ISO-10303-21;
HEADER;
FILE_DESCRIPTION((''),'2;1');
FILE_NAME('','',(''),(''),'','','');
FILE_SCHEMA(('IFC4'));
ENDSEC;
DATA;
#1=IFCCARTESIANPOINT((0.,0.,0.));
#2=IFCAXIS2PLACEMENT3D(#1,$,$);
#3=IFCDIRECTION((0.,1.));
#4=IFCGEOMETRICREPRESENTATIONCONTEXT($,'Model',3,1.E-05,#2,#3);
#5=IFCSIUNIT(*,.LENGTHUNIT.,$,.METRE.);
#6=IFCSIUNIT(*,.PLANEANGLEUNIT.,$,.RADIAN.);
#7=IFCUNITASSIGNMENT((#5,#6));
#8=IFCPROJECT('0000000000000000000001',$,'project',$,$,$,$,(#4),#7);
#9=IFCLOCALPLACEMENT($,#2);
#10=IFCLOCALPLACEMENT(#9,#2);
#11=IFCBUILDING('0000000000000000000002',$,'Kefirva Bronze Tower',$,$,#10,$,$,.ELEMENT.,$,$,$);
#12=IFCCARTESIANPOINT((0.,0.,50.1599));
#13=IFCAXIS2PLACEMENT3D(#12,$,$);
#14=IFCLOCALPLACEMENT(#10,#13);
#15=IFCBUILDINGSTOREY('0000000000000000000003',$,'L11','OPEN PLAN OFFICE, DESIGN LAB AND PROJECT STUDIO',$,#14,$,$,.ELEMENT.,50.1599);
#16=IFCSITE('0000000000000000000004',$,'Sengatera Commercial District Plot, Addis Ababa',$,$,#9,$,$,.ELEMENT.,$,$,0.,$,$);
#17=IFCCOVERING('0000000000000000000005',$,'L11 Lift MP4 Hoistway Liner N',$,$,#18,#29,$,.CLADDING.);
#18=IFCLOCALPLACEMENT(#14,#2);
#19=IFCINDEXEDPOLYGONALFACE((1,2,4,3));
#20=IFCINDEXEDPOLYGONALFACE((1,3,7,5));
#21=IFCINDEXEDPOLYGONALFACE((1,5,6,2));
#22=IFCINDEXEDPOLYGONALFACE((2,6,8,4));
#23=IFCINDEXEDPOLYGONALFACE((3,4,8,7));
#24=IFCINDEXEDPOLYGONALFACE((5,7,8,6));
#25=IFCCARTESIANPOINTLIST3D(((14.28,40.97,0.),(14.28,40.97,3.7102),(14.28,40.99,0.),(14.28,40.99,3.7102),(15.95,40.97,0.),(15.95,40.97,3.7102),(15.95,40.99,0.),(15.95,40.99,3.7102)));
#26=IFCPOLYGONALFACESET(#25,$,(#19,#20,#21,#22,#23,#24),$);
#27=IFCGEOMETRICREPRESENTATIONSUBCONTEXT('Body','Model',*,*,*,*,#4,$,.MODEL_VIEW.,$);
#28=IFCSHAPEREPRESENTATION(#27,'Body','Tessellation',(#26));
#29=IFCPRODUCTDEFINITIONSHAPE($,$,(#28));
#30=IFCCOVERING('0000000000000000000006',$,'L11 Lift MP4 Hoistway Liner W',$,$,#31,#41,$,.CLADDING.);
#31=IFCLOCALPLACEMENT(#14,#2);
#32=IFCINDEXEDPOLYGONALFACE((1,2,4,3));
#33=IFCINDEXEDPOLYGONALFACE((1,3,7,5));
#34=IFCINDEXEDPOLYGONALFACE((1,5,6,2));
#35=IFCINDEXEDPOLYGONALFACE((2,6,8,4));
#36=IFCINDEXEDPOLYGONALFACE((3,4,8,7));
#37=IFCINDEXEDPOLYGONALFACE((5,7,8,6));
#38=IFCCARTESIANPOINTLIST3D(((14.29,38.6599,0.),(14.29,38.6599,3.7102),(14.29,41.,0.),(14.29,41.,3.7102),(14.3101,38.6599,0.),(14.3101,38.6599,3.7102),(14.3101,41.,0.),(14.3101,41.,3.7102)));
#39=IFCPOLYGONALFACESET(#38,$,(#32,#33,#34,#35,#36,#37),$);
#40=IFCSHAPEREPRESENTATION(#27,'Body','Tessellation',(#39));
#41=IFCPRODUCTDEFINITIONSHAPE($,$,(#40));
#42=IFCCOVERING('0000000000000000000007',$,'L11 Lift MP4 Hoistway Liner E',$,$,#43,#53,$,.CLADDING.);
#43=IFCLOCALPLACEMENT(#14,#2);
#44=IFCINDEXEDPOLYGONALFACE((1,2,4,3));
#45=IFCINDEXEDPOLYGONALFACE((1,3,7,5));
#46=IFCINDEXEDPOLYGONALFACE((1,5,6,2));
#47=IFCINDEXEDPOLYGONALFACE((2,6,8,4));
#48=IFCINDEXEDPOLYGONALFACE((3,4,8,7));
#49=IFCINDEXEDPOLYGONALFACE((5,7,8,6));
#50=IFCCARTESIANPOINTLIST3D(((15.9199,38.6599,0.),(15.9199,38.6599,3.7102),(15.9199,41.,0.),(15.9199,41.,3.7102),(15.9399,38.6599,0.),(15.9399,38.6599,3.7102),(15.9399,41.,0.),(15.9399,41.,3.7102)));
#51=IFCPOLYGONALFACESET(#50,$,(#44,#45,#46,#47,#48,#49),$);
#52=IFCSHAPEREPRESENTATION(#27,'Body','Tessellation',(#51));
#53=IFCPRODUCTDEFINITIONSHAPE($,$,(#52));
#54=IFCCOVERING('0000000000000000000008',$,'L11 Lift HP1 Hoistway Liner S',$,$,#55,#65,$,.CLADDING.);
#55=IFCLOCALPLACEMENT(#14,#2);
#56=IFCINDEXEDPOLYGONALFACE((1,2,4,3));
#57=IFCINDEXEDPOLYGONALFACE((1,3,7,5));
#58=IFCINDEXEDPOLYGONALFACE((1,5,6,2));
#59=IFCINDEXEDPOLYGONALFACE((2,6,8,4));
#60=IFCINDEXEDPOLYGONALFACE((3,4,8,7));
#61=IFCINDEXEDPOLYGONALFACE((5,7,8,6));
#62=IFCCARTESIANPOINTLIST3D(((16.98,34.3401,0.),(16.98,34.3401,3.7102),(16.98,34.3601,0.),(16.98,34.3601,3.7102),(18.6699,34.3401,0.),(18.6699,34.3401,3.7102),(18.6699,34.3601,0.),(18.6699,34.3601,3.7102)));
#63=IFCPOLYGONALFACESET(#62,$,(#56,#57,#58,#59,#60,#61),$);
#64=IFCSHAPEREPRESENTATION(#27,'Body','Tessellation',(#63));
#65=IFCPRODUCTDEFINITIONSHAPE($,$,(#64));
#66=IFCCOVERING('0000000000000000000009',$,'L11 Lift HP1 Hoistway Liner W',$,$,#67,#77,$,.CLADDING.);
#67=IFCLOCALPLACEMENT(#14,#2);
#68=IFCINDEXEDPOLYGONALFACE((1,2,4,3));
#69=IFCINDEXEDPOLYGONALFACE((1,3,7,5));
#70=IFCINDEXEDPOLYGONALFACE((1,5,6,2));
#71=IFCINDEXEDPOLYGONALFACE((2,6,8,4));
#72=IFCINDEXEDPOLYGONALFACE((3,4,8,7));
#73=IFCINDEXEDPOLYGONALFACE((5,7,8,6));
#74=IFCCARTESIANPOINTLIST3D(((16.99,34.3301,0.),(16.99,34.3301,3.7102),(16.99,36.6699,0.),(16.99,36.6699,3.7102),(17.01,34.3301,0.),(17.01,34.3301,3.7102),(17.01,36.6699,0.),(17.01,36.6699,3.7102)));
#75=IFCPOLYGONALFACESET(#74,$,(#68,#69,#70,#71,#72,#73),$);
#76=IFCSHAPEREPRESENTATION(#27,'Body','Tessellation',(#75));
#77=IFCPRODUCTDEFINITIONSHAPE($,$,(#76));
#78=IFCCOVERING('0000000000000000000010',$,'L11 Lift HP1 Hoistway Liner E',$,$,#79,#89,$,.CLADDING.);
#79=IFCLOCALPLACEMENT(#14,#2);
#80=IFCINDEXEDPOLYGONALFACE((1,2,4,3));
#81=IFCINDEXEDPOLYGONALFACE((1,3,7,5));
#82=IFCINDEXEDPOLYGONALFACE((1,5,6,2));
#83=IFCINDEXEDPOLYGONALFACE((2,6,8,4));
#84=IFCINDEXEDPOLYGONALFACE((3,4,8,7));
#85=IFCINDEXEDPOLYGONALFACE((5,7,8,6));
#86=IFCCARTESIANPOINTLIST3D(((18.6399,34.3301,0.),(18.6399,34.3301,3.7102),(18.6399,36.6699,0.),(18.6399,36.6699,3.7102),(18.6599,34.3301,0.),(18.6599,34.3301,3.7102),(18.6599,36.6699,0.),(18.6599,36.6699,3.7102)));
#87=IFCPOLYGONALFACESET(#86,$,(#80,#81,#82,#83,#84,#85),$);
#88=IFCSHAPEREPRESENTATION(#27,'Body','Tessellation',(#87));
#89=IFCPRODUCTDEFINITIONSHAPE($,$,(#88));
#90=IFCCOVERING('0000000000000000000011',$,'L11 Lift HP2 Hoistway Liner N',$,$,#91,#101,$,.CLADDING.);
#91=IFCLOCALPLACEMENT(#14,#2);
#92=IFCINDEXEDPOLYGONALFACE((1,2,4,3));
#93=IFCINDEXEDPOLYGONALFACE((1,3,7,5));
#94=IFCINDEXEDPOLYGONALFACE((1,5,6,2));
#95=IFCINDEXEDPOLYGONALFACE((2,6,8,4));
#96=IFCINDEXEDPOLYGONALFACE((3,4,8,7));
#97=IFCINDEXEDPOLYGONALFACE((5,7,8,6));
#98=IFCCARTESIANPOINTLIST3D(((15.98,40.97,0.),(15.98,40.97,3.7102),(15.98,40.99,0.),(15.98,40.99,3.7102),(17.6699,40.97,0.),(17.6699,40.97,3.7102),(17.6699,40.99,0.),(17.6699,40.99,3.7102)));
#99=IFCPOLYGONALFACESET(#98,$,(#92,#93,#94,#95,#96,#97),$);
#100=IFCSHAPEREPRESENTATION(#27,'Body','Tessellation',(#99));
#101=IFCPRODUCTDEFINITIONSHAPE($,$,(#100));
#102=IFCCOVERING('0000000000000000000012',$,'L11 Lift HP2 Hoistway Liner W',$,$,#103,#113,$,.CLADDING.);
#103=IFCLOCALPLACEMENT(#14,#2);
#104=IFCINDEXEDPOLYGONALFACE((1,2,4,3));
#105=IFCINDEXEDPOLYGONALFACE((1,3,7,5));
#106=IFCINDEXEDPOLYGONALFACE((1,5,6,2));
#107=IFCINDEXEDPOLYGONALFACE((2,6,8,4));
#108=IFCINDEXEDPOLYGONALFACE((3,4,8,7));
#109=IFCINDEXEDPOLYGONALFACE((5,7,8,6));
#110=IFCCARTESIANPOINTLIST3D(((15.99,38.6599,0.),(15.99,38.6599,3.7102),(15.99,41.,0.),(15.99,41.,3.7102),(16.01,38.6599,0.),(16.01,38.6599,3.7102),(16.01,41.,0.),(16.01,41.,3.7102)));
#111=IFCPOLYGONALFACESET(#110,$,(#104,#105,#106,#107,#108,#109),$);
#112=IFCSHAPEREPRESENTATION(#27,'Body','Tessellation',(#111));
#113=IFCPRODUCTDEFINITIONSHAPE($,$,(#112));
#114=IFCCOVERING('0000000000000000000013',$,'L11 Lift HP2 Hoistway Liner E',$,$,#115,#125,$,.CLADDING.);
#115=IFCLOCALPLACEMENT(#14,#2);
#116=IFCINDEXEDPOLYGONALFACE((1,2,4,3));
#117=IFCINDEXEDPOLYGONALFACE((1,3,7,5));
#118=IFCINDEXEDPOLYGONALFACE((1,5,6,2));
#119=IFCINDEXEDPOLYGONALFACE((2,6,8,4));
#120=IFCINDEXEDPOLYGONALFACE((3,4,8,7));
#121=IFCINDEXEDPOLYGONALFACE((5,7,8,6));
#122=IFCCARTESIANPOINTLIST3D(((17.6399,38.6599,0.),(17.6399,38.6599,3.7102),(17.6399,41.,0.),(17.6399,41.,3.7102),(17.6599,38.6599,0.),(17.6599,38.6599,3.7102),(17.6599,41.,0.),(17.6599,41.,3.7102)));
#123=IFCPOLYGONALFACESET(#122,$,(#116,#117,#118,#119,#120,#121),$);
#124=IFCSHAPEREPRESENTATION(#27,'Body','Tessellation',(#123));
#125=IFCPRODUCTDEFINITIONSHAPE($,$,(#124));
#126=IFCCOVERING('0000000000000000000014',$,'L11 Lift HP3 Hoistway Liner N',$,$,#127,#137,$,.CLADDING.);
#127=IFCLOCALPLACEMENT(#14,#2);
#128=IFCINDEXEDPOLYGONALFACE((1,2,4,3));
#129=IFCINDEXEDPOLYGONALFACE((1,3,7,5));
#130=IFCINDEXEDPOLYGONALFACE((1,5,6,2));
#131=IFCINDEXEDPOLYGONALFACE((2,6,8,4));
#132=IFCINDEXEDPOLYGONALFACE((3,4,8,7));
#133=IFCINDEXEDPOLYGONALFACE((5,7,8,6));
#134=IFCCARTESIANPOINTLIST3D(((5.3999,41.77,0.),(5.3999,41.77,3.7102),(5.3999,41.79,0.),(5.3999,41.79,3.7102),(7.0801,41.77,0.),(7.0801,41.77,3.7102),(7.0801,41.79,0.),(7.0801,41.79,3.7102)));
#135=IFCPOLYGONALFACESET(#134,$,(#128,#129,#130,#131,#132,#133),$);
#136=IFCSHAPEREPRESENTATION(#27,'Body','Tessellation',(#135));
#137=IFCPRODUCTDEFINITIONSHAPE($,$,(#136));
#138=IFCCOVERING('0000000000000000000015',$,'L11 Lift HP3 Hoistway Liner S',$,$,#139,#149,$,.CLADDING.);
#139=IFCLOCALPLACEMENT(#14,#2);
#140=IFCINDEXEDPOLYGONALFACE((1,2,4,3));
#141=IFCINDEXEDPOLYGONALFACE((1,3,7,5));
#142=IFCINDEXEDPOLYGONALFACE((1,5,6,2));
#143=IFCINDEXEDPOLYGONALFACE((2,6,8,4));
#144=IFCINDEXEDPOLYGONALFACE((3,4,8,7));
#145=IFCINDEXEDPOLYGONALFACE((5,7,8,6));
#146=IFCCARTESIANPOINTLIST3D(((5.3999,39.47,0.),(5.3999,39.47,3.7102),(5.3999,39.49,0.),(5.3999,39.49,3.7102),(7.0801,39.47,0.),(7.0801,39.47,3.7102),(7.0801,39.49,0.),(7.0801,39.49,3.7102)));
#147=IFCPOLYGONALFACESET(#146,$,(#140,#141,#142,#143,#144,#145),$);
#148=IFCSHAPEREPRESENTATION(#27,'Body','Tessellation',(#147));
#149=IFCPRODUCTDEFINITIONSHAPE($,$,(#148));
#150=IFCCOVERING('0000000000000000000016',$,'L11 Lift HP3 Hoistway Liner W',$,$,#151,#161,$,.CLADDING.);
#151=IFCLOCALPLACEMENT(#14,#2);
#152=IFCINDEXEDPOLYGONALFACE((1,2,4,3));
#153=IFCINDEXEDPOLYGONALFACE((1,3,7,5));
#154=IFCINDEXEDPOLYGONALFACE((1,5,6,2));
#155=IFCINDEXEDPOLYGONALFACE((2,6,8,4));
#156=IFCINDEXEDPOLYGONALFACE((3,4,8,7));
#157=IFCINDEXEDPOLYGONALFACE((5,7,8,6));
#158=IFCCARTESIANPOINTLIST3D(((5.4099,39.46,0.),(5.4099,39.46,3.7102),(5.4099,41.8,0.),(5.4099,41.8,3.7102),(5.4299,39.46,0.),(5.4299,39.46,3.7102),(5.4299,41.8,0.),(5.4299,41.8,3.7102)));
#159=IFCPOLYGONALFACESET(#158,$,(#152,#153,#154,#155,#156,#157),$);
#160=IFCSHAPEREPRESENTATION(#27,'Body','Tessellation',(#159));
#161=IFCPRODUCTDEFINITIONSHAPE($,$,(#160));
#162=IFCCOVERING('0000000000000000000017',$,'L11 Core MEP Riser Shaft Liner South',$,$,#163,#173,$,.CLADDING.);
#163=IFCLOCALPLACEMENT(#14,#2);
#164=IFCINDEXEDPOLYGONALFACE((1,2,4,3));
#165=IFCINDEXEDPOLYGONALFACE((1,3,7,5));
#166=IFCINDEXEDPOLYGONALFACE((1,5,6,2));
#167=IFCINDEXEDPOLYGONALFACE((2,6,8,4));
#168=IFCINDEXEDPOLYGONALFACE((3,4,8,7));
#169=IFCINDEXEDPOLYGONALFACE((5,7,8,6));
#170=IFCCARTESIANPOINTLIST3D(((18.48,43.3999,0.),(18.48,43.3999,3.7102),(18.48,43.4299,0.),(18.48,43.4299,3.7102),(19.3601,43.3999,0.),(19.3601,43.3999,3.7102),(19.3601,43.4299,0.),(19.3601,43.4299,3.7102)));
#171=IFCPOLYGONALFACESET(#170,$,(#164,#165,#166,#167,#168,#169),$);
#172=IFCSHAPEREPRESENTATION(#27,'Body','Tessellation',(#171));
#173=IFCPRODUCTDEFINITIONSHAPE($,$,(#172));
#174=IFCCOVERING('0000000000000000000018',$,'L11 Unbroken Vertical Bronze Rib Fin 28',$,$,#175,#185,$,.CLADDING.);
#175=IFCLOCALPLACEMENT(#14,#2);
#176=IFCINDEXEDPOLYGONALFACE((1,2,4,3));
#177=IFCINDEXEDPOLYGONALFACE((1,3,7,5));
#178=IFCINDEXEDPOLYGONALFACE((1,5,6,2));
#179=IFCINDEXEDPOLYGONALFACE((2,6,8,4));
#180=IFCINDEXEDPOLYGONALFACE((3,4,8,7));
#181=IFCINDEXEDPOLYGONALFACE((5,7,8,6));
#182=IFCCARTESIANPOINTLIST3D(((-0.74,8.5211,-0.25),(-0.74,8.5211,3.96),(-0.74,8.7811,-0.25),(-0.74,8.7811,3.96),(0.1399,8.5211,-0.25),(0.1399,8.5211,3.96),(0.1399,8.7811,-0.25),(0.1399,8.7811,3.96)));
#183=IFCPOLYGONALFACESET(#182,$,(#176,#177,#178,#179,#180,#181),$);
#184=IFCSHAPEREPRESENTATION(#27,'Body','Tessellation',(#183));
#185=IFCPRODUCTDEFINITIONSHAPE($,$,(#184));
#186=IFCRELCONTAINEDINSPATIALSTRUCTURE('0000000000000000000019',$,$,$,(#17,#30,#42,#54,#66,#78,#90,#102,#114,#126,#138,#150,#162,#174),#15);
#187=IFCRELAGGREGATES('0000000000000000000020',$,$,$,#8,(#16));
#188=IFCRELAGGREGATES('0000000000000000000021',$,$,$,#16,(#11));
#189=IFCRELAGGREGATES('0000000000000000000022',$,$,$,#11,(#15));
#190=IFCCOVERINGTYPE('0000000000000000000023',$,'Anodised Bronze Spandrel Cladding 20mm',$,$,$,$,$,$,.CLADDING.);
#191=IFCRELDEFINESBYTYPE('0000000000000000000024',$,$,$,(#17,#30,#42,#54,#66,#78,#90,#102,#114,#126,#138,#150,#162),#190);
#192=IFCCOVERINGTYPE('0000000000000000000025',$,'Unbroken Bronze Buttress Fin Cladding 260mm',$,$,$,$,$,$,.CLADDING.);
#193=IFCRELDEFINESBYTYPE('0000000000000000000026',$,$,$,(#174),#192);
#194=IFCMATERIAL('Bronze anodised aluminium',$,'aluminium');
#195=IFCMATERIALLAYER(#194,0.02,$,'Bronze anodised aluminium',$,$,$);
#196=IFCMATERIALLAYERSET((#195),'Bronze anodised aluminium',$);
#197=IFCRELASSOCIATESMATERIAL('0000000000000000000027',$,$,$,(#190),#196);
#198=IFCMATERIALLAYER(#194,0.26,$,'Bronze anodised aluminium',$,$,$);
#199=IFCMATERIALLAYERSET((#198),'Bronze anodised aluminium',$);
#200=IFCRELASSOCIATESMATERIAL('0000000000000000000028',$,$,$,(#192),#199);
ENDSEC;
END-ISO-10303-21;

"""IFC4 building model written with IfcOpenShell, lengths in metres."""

from ifc_helpers import new_model, si_unit, direction, frame, origin, origin_2d, place, context, subcontext, project, spatial, polyline, rectangle, outline, extrude, material, layer, layer_set, type_object, element, save


model = new_model("IFC4")

# Units and contexts
model_context = context("Model", 3, precision=1e-05, world=origin(), true_north=direction((0.0, 1.0)))
body_context = subcontext(model_context, "Body", "Model", "MODEL_VIEW")
ifc_project = project(units=[si_unit("LENGTHUNIT", "METRE"), si_unit("PLANEANGLEUNIT", "RADIAN")], contexts=[model_context])

# Site, building, storey
site_placement = place(None, origin())
site = spatial("IfcSite", under=ifc_project, at=site_placement, Name="Sengatera Commercial District Plot, Addis Ababa", CompositionType="ELEMENT", RefElevation=0.0)
building_placement = place(site_placement, origin())
building = spatial("IfcBuilding", under=site, at=building_placement, Name="Kefirva Bronze Tower", CompositionType="ELEMENT")
storey_placement = place(building_placement, frame((0.0, 0.0, 50.1599)))
storey = spatial("IfcBuildingStorey", under=building, at=storey_placement, Name="L11", Description="OPEN PLAN OFFICE, DESIGN LAB AND PROJECT STUDIO", CompositionType="ELEMENT", Elevation=50.1599)

# Coverings
ifc_material_1 = material(Name="Bronze anodised aluminium", Category="aluminium")
ifc_layer_1 = layer(ifc_material_1, 0.02, Name="Bronze anodised aluminium")
ifc_layer_set_1 = layer_set([ifc_layer_1], Name="Bronze anodised aluminium")
covering_type_1 = type_object("IfcCoveringType", Name="Anodised Bronze Spandrel Cladding 20mm", PredefinedType="CLADDING", material=ifc_layer_set_1)
covering_1_placement = place(storey_placement, origin())
element("IfcCovering", 1, at=covering_1_placement, inside=storey, type_object=covering_type_1, Name="L11 Lift MP4 Hoistway Liner N", PredefinedType="CLADDING", context=body_context, shape_type="SweptSolid", body=[
    extrude(outline(polyline([(14.28, 40.97), (15.95, 40.97), (15.95, 40.99), (14.28, 40.99), (14.28, 40.97)])), origin(), (0.0, 0.0, 1.0), 3.7102),
])
covering_2_placement = place(storey_placement, origin())
element("IfcCovering", 2, at=covering_2_placement, inside=storey, type_object=covering_type_1, Name="L11 Lift MP4 Hoistway Liner W", PredefinedType="CLADDING", context=body_context, shape_type="SweptSolid", body=[
    extrude(outline(polyline([(14.29, 38.6599), (14.3101, 38.6599), (14.3101, 41.0), (14.29, 41.0), (14.29, 38.6599)])), origin(), (0.0, 0.0, 1.0), 3.7102),
])
covering_3_placement = place(storey_placement, origin())
element("IfcCovering", 3, at=covering_3_placement, inside=storey, type_object=covering_type_1, Name="L11 Lift MP4 Hoistway Liner E", PredefinedType="CLADDING", context=body_context, shape_type="SweptSolid", body=[
    extrude(outline(polyline([(15.9199, 38.6599), (15.9399, 38.6599), (15.9399, 41.0), (15.9199, 41.0), (15.9199, 38.6599)])), origin(), (0.0, 0.0, 1.0), 3.7102),
])
covering_4_placement = place(storey_placement, origin())
element("IfcCovering", 4, at=covering_4_placement, inside=storey, type_object=covering_type_1, Name="L11 Lift HP1 Hoistway Liner S", PredefinedType="CLADDING", context=body_context, shape_type="SweptSolid", body=[
    extrude(outline(polyline([(16.98, 34.3401), (18.6699, 34.3401), (18.6699, 34.3601), (16.98, 34.3601), (16.98, 34.3401)])), origin(), (0.0, 0.0, 1.0), 3.7102),
])
covering_5_placement = place(storey_placement, origin())
element("IfcCovering", 5, at=covering_5_placement, inside=storey, type_object=covering_type_1, Name="L11 Lift HP1 Hoistway Liner W", PredefinedType="CLADDING", context=body_context, shape_type="SweptSolid", body=[
    extrude(outline(polyline([(16.99, 34.3301), (17.01, 34.3301), (17.01, 36.6699), (16.99, 36.6699), (16.99, 34.3301)])), origin(), (0.0, 0.0, 1.0), 3.7102),
])
covering_6_placement = place(storey_placement, origin())
element("IfcCovering", 6, at=covering_6_placement, inside=storey, type_object=covering_type_1, Name="L11 Lift HP1 Hoistway Liner E", PredefinedType="CLADDING", context=body_context, shape_type="SweptSolid", body=[
    extrude(outline(polyline([(18.6399, 34.3301), (18.6599, 34.3301), (18.6599, 36.6699), (18.6399, 36.6699), (18.6399, 34.3301)])), origin(), (0.0, 0.0, 1.0), 3.7102),
])
covering_7_placement = place(storey_placement, origin())
element("IfcCovering", 7, at=covering_7_placement, inside=storey, type_object=covering_type_1, Name="L11 Lift HP2 Hoistway Liner N", PredefinedType="CLADDING", context=body_context, shape_type="SweptSolid", body=[
    extrude(outline(polyline([(15.98, 40.97), (17.6699, 40.97), (17.6699, 40.99), (15.98, 40.99), (15.98, 40.97)])), origin(), (0.0, 0.0, 1.0), 3.7102),
])
covering_8_placement = place(storey_placement, origin())
element("IfcCovering", 8, at=covering_8_placement, inside=storey, type_object=covering_type_1, Name="L11 Lift HP2 Hoistway Liner W", PredefinedType="CLADDING", context=body_context, shape_type="SweptSolid", body=[
    extrude(outline(polyline([(15.99, 38.6599), (16.01, 38.6599), (16.01, 41.0), (15.99, 41.0), (15.99, 38.6599)])), origin(), (0.0, 0.0, 1.0), 3.7102),
])
covering_9_placement = place(storey_placement, origin())
element("IfcCovering", 9, at=covering_9_placement, inside=storey, type_object=covering_type_1, Name="L11 Lift HP2 Hoistway Liner E", PredefinedType="CLADDING", context=body_context, shape_type="SweptSolid", body=[
    extrude(outline(polyline([(17.6399, 38.6599), (17.6599, 38.6599), (17.6599, 41.0), (17.6399, 41.0), (17.6399, 38.6599)])), origin(), (0.0, 0.0, 1.0), 3.7102),
])
covering_10_placement = place(storey_placement, origin())
element("IfcCovering", 10, at=covering_10_placement, inside=storey, type_object=covering_type_1, Name="L11 Lift HP3 Hoistway Liner N", PredefinedType="CLADDING", context=body_context, shape_type="SweptSolid", body=[
    extrude(outline(polyline([(5.3999, 41.77), (7.0801, 41.77), (7.0801, 41.79), (5.3999, 41.79), (5.3999, 41.77)])), origin(), (0.0, 0.0, 1.0), 3.7102),
])
covering_11_placement = place(storey_placement, origin())
element("IfcCovering", 11, at=covering_11_placement, inside=storey, type_object=covering_type_1, Name="L11 Lift HP3 Hoistway Liner S", PredefinedType="CLADDING", context=body_context, shape_type="SweptSolid", body=[
    extrude(outline(polyline([(5.3999, 39.47), (7.0801, 39.47), (7.0801, 39.49), (5.3999, 39.49), (5.3999, 39.47)])), origin(), (0.0, 0.0, 1.0), 3.7102),
])
covering_12_placement = place(storey_placement, origin())
element("IfcCovering", 12, at=covering_12_placement, inside=storey, type_object=covering_type_1, Name="L11 Lift HP3 Hoistway Liner W", PredefinedType="CLADDING", context=body_context, shape_type="SweptSolid", body=[
    extrude(outline(polyline([(5.4099, 39.46), (5.4299, 39.46), (5.4299, 41.8), (5.4099, 41.8), (5.4099, 39.46)])), origin(), (0.0, 0.0, 1.0), 3.7102),
])
covering_13_placement = place(storey_placement, origin())
element("IfcCovering", 13, at=covering_13_placement, inside=storey, type_object=covering_type_1, Name="L11 Core MEP Riser Shaft Liner South", PredefinedType="CLADDING", context=body_context, shape_type="SweptSolid", body=[
    extrude(outline(polyline([(18.48, 43.3999), (19.3601, 43.3999), (19.3601, 43.4299), (18.48, 43.4299), (18.48, 43.3999)])), origin(), (0.0, 0.0, 1.0), 3.7102),
])
ifc_layer_2 = layer(ifc_material_1, 0.26, Name="Bronze anodised aluminium")
ifc_layer_set_2 = layer_set([ifc_layer_2], Name="Bronze anodised aluminium")
covering_type_2 = type_object("IfcCoveringType", Name="Unbroken Bronze Buttress Fin Cladding 260mm", PredefinedType="CLADDING", material=ifc_layer_set_2)
covering_14_placement = place(storey_placement, frame((-0.3, 8.6511, -0.25), z_axis=(0.0, 0.0, 1.0), x_axis=(0.0, -1.0, 0.0)))
element("IfcCovering", 14, at=covering_14_placement, inside=storey, type_object=covering_type_2, Name="L11 Unbroken Vertical Bronze Rib Fin 28", PredefinedType="CLADDING", context=body_context, shape_type="SweptSolid", body=[
    extrude(rectangle(XDim=0.26, YDim=0.8799, at=origin_2d()), origin(), (0.0, 0.0, 1.0), 4.21),
])

save(model, "model.ifc")
